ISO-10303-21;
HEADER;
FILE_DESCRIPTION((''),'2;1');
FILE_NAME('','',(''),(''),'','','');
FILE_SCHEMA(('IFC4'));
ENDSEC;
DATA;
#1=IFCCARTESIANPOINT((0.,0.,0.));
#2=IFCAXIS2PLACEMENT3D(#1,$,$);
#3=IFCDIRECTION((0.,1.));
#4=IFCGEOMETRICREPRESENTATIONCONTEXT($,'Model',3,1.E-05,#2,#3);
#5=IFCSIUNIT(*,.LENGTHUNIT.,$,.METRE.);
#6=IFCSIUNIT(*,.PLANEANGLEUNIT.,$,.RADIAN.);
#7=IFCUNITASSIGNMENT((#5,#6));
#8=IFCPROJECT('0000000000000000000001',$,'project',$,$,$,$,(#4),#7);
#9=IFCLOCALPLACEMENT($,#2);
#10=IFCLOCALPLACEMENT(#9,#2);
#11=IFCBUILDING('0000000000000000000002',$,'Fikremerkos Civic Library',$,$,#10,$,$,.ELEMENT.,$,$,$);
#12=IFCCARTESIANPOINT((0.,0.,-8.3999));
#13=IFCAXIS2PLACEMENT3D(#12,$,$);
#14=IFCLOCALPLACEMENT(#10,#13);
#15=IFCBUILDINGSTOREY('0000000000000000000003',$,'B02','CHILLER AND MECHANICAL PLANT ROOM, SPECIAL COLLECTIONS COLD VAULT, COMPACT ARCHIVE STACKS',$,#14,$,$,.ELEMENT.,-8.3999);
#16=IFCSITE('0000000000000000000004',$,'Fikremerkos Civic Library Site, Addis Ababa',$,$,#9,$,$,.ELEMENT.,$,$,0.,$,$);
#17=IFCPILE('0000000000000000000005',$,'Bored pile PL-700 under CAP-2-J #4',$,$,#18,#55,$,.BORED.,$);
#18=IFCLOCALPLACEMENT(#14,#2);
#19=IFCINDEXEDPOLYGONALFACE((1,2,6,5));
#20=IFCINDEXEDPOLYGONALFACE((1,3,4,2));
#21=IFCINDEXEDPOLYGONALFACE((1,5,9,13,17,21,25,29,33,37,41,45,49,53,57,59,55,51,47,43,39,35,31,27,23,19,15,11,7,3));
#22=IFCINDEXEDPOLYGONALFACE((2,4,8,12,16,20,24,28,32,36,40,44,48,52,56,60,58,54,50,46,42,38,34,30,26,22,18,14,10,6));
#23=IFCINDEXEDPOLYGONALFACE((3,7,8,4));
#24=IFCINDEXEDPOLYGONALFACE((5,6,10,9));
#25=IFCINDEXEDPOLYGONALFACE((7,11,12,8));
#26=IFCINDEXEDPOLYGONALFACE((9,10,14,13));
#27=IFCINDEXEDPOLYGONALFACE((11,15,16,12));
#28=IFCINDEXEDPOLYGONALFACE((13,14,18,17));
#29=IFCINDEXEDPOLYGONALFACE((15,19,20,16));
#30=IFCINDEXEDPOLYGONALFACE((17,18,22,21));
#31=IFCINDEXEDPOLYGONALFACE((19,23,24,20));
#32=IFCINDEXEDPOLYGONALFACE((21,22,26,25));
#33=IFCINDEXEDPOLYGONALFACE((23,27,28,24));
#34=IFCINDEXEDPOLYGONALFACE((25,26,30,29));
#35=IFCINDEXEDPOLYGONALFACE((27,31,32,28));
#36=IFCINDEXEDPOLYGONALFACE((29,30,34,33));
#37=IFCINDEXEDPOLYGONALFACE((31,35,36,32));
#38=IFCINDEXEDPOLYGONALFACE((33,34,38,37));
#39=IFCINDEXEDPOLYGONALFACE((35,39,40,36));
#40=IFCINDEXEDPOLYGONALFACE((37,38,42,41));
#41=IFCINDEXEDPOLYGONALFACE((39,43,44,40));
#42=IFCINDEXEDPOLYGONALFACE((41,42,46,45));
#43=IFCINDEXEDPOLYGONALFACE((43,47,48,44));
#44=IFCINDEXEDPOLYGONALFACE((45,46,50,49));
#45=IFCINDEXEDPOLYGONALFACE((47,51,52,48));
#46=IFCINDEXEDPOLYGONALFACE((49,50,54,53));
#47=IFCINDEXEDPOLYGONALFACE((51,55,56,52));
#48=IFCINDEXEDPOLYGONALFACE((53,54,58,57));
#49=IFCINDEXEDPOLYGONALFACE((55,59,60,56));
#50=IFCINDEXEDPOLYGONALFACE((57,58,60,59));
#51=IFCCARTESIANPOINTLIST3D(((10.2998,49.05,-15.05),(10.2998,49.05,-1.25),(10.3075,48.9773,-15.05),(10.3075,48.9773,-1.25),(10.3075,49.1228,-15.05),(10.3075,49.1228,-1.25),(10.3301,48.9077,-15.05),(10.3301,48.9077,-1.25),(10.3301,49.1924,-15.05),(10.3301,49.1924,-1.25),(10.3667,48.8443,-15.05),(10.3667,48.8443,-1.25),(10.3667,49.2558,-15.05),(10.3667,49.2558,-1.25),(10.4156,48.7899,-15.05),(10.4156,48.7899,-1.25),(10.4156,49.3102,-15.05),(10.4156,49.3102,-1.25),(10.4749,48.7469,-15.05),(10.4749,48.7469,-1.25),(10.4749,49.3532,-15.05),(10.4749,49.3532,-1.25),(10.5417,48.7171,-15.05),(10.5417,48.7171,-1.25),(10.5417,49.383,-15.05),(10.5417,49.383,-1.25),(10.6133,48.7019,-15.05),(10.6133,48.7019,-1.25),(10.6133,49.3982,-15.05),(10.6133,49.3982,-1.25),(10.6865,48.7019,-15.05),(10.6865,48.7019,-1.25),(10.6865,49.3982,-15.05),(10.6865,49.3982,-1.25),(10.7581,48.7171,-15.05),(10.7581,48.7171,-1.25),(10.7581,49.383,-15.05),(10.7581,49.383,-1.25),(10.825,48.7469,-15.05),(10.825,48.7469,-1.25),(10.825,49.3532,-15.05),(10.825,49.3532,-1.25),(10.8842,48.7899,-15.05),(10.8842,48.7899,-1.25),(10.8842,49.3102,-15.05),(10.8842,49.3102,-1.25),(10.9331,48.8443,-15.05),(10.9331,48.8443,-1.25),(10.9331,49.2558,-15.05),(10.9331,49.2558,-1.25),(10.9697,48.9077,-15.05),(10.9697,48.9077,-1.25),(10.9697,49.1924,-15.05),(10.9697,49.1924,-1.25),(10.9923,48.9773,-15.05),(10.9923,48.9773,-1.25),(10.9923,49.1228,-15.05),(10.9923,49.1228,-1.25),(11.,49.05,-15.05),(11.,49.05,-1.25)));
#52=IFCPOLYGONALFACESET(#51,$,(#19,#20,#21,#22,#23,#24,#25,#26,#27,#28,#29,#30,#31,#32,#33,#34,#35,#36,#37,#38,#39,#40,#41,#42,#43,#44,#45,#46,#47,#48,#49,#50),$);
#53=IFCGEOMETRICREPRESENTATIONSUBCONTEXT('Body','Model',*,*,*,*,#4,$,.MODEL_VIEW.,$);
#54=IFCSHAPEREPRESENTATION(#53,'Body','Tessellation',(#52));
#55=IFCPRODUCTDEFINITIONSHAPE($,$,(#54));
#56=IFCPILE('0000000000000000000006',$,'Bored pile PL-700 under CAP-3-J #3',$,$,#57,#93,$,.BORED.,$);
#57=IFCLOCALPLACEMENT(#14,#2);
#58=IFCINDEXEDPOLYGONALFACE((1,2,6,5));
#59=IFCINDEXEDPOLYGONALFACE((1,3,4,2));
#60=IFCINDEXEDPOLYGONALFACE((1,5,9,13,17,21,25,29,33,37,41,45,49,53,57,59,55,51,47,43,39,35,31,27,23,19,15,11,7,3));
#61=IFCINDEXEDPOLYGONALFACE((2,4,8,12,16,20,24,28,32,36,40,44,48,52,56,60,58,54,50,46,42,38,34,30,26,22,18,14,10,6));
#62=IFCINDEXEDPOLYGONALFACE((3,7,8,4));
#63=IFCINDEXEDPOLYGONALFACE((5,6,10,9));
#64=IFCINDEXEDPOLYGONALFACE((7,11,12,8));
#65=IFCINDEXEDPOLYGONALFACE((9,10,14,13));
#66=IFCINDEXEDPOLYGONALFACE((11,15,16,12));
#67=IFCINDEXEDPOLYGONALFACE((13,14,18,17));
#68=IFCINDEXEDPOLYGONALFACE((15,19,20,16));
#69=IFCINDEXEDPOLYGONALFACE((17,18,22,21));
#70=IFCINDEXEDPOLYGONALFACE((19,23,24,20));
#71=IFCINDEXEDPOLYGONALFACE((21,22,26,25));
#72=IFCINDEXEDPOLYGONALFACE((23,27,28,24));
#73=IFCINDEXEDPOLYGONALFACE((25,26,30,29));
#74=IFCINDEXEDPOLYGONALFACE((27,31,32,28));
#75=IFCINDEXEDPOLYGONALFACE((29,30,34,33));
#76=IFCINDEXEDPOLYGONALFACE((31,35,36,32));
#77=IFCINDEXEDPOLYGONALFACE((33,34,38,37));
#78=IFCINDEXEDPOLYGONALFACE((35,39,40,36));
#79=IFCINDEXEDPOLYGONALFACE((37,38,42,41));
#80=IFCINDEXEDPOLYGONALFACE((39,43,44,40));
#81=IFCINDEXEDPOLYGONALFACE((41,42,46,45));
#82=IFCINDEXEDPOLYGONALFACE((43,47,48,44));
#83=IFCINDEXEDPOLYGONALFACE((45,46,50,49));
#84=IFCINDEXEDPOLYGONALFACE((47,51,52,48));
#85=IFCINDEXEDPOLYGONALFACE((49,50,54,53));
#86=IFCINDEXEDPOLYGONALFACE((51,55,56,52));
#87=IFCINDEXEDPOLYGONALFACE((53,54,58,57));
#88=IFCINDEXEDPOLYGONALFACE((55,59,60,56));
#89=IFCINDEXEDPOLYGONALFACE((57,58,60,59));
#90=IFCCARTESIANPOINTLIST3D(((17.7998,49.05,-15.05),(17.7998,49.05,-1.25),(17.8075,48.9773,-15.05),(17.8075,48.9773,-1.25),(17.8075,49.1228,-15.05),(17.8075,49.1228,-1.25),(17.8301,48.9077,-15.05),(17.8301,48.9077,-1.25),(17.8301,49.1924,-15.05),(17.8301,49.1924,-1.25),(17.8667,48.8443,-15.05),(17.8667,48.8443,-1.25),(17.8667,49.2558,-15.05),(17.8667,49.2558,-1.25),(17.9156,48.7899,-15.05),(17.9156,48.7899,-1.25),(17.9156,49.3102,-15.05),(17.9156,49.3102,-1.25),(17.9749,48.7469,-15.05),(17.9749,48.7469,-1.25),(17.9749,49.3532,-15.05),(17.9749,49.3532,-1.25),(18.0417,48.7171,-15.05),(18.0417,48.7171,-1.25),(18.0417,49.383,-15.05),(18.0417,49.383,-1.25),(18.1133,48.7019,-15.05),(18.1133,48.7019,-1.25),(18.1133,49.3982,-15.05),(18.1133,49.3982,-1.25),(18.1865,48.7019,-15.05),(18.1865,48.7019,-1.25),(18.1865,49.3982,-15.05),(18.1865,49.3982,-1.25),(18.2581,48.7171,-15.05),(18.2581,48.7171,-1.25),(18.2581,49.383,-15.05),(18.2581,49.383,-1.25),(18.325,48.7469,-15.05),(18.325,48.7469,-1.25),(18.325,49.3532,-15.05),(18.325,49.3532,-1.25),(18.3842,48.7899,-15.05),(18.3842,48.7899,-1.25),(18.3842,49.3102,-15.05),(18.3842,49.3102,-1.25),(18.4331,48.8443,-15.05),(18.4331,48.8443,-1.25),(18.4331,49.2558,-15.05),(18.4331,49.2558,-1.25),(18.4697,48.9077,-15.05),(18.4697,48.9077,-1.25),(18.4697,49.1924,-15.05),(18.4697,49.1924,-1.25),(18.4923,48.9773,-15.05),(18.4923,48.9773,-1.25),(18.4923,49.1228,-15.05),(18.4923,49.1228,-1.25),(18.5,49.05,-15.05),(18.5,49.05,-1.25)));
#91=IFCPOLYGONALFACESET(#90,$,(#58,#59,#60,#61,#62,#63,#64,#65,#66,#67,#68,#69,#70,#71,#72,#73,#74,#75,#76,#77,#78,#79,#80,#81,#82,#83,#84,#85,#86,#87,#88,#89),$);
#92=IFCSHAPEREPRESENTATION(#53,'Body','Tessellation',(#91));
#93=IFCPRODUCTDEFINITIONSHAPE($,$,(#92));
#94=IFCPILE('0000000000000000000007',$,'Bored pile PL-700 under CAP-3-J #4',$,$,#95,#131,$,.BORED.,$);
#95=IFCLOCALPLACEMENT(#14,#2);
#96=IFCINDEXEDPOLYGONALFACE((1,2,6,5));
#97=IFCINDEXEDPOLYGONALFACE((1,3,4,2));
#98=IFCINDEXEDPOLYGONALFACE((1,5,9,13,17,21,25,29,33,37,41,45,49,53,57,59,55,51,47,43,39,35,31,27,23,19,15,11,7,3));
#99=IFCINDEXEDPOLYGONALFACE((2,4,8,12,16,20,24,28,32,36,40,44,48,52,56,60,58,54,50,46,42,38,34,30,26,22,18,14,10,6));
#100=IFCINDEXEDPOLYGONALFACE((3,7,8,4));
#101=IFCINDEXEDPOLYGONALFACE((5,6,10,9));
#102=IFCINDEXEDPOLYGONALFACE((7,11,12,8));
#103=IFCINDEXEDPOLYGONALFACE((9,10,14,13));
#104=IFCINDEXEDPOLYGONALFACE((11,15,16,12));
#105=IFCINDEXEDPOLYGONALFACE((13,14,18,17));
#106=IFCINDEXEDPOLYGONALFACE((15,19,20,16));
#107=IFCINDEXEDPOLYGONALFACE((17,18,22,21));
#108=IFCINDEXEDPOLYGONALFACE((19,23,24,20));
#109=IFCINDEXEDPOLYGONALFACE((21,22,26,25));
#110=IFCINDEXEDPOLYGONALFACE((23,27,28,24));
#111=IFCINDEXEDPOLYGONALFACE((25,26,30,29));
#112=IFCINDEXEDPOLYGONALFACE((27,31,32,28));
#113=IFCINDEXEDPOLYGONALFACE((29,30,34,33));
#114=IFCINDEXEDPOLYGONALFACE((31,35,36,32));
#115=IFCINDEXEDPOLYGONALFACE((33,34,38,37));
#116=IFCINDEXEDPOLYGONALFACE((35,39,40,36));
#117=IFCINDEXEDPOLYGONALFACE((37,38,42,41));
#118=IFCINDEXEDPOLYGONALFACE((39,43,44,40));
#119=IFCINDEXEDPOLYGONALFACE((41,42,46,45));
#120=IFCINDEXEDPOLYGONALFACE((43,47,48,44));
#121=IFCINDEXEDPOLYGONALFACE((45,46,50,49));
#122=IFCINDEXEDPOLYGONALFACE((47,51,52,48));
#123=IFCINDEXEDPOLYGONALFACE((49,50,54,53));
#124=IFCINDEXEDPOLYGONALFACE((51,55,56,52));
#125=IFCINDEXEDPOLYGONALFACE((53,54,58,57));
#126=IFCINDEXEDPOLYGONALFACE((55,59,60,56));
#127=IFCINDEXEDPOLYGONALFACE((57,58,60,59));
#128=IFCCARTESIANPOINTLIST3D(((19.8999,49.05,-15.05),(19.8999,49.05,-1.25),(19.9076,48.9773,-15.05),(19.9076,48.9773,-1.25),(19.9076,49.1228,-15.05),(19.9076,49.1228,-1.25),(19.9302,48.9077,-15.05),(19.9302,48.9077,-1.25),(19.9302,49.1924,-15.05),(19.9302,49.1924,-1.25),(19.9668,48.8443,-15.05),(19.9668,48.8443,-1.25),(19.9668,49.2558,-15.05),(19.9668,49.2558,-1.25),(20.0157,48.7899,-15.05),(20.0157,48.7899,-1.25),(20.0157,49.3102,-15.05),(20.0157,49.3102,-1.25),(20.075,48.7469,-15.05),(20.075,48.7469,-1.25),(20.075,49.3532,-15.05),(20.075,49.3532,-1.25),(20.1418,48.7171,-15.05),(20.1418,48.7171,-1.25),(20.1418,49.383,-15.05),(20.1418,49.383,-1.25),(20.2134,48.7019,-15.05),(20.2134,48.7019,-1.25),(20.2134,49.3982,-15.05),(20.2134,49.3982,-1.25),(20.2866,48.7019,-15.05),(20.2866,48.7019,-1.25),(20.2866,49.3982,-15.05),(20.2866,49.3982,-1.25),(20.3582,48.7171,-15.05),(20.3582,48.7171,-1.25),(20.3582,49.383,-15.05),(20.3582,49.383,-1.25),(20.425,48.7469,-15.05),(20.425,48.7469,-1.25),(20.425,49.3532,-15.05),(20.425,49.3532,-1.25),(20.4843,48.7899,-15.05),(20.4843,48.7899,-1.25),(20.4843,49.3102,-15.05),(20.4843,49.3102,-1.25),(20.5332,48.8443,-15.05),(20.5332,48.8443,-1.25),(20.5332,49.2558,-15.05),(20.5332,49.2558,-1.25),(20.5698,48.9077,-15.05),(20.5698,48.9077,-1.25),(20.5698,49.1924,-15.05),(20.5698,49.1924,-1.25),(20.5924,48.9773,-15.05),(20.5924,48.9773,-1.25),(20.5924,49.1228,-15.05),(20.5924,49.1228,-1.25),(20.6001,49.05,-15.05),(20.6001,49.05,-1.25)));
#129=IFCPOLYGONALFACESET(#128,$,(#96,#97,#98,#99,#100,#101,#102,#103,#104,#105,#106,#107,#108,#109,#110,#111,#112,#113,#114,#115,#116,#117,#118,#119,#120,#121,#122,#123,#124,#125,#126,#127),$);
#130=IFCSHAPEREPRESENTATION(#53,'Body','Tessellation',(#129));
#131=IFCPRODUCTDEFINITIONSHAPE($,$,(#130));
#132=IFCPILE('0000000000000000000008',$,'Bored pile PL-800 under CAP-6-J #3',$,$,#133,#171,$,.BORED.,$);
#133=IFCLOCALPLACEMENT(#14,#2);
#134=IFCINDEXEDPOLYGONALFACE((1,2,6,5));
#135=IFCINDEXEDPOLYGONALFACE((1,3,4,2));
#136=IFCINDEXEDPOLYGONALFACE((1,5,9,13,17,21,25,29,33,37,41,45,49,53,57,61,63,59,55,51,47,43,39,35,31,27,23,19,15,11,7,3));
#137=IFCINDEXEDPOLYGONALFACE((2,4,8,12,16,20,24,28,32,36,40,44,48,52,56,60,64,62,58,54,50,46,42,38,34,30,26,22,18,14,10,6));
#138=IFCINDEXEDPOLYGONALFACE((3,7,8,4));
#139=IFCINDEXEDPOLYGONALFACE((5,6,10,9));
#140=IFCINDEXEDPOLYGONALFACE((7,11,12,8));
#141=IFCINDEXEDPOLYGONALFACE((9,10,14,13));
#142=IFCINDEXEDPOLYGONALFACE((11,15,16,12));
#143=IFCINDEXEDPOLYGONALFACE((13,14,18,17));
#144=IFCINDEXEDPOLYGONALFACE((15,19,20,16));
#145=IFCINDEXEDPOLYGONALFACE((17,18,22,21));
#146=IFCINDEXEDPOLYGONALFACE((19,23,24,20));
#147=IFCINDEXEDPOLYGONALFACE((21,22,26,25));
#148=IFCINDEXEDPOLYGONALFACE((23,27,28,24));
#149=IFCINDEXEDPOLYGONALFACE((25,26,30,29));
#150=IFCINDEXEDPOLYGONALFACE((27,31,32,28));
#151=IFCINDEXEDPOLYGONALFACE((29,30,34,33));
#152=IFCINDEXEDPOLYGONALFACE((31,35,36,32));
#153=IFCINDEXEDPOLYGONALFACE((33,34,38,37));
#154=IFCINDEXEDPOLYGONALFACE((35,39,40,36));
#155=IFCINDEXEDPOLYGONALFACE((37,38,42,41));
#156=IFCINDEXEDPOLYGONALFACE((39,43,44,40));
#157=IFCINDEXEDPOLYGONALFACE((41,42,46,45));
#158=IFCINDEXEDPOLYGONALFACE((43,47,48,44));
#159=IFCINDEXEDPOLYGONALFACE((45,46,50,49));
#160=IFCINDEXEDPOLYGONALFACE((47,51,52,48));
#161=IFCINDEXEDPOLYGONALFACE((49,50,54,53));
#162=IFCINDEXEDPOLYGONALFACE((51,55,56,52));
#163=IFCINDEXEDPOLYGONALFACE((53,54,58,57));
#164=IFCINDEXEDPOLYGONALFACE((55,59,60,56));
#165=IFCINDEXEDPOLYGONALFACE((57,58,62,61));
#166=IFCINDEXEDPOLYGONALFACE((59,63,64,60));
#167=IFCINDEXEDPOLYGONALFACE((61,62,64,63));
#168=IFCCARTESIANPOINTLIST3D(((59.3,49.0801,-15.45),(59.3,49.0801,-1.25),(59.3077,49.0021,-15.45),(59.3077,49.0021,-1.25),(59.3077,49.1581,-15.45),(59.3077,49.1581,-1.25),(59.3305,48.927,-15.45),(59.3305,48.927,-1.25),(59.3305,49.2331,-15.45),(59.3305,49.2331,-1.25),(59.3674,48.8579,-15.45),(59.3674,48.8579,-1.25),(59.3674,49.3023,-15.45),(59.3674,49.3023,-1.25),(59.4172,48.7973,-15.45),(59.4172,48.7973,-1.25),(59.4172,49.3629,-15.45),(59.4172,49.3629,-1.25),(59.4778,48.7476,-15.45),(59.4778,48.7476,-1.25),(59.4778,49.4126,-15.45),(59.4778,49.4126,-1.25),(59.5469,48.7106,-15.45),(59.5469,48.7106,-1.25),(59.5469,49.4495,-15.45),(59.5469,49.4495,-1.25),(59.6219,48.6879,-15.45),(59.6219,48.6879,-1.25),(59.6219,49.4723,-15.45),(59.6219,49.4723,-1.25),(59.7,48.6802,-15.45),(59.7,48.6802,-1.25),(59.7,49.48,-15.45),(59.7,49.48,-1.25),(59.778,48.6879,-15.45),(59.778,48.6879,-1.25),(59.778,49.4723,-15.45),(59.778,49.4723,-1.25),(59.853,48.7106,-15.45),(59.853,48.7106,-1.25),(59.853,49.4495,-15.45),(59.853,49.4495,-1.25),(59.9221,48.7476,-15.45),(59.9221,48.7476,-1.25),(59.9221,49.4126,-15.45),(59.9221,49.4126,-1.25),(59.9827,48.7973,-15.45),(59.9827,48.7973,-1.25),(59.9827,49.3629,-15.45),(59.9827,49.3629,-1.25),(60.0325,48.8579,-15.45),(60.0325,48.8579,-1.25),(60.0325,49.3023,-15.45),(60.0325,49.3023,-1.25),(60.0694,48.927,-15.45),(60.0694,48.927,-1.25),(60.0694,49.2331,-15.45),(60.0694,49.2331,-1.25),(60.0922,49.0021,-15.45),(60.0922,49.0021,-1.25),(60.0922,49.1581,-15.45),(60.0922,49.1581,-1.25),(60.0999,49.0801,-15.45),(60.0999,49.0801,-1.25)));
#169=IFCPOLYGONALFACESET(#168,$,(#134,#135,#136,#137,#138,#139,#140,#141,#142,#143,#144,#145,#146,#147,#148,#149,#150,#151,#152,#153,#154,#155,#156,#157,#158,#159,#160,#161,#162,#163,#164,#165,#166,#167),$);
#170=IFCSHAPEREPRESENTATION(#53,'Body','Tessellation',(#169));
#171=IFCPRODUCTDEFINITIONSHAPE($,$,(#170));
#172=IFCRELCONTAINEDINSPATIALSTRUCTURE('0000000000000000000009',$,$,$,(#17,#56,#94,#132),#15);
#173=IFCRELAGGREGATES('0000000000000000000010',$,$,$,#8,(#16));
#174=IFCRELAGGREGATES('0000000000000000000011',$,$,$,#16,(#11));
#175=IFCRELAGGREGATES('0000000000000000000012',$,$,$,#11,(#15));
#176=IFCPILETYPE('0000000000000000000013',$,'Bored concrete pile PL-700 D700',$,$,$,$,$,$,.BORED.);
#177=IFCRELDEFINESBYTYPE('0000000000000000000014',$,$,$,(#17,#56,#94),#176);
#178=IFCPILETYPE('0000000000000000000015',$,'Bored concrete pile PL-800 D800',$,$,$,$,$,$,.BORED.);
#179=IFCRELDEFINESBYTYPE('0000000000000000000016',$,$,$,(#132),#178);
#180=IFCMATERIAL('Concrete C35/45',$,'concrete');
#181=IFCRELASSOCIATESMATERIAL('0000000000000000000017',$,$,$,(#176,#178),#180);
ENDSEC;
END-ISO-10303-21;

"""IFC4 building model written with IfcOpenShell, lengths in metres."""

from ifc_helpers import new_model, si_unit, direction, frame, origin, origin_2d, place, context, subcontext, project, spatial, circle, extrude, material, material_profile, profile_set, type_object, element, save


model = new_model("IFC4")

# Units and contexts
model_context = context("Model", 3, precision=1e-05, world=origin(), true_north=direction((0.0, 1.0)))
body_context = subcontext(model_context, "Body", "Model", "MODEL_VIEW")
ifc_project = project(units=[si_unit("LENGTHUNIT", "METRE"), si_unit("PLANEANGLEUNIT", "RADIAN")], contexts=[model_context])

# Site, building, storey
site_placement = place(None, origin())
site = spatial("IfcSite", under=ifc_project, at=site_placement, Name="Fikremerkos Civic Library Site, Addis Ababa", CompositionType="ELEMENT", RefElevation=0.0)
building_placement = place(site_placement, origin())
building = spatial("IfcBuilding", under=site, at=building_placement, Name="Fikremerkos Civic Library", CompositionType="ELEMENT")
storey_placement = place(building_placement, frame((0.0, 0.0, -8.3999)))
storey = spatial("IfcBuildingStorey", under=building, at=storey_placement, Name="B02", Description="CHILLER AND MECHANICAL PLANT ROOM, SPECIAL COLLECTIONS COLD VAULT, COMPACT ARCHIVE STACKS", CompositionType="ELEMENT", Elevation=-8.3999)

# Piles
ifc_material_1 = material(Name="Concrete C35/45", Category="concrete")
ifc_material_profile_1 = material_profile(ifc_material_1, circle(Radius=0.3501, at=origin_2d()), Name="BORED PILE 700")
ifc_profile_set_1 = profile_set([ifc_material_profile_1], Name="Concrete C35/45")
pile_type_1 = type_object("IfcPileType", Name="Bored concrete pile PL-700 D700", PredefinedType="BORED", material=ifc_profile_set_1)
for number, where, z_axis, x_axis, name in (
    (1, (10.6499, 49.05, -1.25), (0.0, 0.0, -1.0), (1.0, 0.0, 0.0), "Bored pile PL-700 under CAP-2-J #4"),
    (2, (18.1499, 49.05, -1.25), (0.0, 0.0, -1.0), (1.0, 0.0, 0.0), "Bored pile PL-700 under CAP-3-J #3"),
    (3, (20.25, 49.05, -1.25), (0.0, 0.0, -1.0), (1.0, 0.0, 0.0), "Bored pile PL-700 under CAP-3-J #4"),
):
    element("IfcPile", number, at=place(storey_placement, frame(where, z_axis=z_axis, x_axis=x_axis)), inside=storey, type_object=pile_type_1, Name=name, PredefinedType="BORED", context=body_context, shape_type="SweptSolid", body=[
        extrude(circle(Radius=0.3501, at=origin_2d()), origin(), (0.0, 0.0, 1.0), 13.8),
    ])
ifc_material_profile_2 = material_profile(ifc_material_1, circle(Radius=0.3999, at=origin_2d()), Name="BORED PILE 800")
ifc_profile_set_2 = profile_set([ifc_material_profile_2], Name="Concrete C35/45")
pile_type_2 = type_object("IfcPileType", Name="Bored concrete pile PL-800 D800", PredefinedType="BORED", material=ifc_profile_set_2)
pile_placement = place(storey_placement, frame((59.7, 49.0801, -1.25), z_axis=(0.0, 0.0, -1.0), x_axis=(1.0, 0.0, 0.0)))
element("IfcPile", 4, at=pile_placement, inside=storey, type_object=pile_type_2, Name="Bored pile PL-800 under CAP-6-J #3", PredefinedType="BORED", context=body_context, shape_type="SweptSolid", body=[
    extrude(circle(Radius=0.3999, at=origin_2d()), origin(), (0.0, 0.0, 1.0), 14.2),
])

save(model, "model.ifc")
